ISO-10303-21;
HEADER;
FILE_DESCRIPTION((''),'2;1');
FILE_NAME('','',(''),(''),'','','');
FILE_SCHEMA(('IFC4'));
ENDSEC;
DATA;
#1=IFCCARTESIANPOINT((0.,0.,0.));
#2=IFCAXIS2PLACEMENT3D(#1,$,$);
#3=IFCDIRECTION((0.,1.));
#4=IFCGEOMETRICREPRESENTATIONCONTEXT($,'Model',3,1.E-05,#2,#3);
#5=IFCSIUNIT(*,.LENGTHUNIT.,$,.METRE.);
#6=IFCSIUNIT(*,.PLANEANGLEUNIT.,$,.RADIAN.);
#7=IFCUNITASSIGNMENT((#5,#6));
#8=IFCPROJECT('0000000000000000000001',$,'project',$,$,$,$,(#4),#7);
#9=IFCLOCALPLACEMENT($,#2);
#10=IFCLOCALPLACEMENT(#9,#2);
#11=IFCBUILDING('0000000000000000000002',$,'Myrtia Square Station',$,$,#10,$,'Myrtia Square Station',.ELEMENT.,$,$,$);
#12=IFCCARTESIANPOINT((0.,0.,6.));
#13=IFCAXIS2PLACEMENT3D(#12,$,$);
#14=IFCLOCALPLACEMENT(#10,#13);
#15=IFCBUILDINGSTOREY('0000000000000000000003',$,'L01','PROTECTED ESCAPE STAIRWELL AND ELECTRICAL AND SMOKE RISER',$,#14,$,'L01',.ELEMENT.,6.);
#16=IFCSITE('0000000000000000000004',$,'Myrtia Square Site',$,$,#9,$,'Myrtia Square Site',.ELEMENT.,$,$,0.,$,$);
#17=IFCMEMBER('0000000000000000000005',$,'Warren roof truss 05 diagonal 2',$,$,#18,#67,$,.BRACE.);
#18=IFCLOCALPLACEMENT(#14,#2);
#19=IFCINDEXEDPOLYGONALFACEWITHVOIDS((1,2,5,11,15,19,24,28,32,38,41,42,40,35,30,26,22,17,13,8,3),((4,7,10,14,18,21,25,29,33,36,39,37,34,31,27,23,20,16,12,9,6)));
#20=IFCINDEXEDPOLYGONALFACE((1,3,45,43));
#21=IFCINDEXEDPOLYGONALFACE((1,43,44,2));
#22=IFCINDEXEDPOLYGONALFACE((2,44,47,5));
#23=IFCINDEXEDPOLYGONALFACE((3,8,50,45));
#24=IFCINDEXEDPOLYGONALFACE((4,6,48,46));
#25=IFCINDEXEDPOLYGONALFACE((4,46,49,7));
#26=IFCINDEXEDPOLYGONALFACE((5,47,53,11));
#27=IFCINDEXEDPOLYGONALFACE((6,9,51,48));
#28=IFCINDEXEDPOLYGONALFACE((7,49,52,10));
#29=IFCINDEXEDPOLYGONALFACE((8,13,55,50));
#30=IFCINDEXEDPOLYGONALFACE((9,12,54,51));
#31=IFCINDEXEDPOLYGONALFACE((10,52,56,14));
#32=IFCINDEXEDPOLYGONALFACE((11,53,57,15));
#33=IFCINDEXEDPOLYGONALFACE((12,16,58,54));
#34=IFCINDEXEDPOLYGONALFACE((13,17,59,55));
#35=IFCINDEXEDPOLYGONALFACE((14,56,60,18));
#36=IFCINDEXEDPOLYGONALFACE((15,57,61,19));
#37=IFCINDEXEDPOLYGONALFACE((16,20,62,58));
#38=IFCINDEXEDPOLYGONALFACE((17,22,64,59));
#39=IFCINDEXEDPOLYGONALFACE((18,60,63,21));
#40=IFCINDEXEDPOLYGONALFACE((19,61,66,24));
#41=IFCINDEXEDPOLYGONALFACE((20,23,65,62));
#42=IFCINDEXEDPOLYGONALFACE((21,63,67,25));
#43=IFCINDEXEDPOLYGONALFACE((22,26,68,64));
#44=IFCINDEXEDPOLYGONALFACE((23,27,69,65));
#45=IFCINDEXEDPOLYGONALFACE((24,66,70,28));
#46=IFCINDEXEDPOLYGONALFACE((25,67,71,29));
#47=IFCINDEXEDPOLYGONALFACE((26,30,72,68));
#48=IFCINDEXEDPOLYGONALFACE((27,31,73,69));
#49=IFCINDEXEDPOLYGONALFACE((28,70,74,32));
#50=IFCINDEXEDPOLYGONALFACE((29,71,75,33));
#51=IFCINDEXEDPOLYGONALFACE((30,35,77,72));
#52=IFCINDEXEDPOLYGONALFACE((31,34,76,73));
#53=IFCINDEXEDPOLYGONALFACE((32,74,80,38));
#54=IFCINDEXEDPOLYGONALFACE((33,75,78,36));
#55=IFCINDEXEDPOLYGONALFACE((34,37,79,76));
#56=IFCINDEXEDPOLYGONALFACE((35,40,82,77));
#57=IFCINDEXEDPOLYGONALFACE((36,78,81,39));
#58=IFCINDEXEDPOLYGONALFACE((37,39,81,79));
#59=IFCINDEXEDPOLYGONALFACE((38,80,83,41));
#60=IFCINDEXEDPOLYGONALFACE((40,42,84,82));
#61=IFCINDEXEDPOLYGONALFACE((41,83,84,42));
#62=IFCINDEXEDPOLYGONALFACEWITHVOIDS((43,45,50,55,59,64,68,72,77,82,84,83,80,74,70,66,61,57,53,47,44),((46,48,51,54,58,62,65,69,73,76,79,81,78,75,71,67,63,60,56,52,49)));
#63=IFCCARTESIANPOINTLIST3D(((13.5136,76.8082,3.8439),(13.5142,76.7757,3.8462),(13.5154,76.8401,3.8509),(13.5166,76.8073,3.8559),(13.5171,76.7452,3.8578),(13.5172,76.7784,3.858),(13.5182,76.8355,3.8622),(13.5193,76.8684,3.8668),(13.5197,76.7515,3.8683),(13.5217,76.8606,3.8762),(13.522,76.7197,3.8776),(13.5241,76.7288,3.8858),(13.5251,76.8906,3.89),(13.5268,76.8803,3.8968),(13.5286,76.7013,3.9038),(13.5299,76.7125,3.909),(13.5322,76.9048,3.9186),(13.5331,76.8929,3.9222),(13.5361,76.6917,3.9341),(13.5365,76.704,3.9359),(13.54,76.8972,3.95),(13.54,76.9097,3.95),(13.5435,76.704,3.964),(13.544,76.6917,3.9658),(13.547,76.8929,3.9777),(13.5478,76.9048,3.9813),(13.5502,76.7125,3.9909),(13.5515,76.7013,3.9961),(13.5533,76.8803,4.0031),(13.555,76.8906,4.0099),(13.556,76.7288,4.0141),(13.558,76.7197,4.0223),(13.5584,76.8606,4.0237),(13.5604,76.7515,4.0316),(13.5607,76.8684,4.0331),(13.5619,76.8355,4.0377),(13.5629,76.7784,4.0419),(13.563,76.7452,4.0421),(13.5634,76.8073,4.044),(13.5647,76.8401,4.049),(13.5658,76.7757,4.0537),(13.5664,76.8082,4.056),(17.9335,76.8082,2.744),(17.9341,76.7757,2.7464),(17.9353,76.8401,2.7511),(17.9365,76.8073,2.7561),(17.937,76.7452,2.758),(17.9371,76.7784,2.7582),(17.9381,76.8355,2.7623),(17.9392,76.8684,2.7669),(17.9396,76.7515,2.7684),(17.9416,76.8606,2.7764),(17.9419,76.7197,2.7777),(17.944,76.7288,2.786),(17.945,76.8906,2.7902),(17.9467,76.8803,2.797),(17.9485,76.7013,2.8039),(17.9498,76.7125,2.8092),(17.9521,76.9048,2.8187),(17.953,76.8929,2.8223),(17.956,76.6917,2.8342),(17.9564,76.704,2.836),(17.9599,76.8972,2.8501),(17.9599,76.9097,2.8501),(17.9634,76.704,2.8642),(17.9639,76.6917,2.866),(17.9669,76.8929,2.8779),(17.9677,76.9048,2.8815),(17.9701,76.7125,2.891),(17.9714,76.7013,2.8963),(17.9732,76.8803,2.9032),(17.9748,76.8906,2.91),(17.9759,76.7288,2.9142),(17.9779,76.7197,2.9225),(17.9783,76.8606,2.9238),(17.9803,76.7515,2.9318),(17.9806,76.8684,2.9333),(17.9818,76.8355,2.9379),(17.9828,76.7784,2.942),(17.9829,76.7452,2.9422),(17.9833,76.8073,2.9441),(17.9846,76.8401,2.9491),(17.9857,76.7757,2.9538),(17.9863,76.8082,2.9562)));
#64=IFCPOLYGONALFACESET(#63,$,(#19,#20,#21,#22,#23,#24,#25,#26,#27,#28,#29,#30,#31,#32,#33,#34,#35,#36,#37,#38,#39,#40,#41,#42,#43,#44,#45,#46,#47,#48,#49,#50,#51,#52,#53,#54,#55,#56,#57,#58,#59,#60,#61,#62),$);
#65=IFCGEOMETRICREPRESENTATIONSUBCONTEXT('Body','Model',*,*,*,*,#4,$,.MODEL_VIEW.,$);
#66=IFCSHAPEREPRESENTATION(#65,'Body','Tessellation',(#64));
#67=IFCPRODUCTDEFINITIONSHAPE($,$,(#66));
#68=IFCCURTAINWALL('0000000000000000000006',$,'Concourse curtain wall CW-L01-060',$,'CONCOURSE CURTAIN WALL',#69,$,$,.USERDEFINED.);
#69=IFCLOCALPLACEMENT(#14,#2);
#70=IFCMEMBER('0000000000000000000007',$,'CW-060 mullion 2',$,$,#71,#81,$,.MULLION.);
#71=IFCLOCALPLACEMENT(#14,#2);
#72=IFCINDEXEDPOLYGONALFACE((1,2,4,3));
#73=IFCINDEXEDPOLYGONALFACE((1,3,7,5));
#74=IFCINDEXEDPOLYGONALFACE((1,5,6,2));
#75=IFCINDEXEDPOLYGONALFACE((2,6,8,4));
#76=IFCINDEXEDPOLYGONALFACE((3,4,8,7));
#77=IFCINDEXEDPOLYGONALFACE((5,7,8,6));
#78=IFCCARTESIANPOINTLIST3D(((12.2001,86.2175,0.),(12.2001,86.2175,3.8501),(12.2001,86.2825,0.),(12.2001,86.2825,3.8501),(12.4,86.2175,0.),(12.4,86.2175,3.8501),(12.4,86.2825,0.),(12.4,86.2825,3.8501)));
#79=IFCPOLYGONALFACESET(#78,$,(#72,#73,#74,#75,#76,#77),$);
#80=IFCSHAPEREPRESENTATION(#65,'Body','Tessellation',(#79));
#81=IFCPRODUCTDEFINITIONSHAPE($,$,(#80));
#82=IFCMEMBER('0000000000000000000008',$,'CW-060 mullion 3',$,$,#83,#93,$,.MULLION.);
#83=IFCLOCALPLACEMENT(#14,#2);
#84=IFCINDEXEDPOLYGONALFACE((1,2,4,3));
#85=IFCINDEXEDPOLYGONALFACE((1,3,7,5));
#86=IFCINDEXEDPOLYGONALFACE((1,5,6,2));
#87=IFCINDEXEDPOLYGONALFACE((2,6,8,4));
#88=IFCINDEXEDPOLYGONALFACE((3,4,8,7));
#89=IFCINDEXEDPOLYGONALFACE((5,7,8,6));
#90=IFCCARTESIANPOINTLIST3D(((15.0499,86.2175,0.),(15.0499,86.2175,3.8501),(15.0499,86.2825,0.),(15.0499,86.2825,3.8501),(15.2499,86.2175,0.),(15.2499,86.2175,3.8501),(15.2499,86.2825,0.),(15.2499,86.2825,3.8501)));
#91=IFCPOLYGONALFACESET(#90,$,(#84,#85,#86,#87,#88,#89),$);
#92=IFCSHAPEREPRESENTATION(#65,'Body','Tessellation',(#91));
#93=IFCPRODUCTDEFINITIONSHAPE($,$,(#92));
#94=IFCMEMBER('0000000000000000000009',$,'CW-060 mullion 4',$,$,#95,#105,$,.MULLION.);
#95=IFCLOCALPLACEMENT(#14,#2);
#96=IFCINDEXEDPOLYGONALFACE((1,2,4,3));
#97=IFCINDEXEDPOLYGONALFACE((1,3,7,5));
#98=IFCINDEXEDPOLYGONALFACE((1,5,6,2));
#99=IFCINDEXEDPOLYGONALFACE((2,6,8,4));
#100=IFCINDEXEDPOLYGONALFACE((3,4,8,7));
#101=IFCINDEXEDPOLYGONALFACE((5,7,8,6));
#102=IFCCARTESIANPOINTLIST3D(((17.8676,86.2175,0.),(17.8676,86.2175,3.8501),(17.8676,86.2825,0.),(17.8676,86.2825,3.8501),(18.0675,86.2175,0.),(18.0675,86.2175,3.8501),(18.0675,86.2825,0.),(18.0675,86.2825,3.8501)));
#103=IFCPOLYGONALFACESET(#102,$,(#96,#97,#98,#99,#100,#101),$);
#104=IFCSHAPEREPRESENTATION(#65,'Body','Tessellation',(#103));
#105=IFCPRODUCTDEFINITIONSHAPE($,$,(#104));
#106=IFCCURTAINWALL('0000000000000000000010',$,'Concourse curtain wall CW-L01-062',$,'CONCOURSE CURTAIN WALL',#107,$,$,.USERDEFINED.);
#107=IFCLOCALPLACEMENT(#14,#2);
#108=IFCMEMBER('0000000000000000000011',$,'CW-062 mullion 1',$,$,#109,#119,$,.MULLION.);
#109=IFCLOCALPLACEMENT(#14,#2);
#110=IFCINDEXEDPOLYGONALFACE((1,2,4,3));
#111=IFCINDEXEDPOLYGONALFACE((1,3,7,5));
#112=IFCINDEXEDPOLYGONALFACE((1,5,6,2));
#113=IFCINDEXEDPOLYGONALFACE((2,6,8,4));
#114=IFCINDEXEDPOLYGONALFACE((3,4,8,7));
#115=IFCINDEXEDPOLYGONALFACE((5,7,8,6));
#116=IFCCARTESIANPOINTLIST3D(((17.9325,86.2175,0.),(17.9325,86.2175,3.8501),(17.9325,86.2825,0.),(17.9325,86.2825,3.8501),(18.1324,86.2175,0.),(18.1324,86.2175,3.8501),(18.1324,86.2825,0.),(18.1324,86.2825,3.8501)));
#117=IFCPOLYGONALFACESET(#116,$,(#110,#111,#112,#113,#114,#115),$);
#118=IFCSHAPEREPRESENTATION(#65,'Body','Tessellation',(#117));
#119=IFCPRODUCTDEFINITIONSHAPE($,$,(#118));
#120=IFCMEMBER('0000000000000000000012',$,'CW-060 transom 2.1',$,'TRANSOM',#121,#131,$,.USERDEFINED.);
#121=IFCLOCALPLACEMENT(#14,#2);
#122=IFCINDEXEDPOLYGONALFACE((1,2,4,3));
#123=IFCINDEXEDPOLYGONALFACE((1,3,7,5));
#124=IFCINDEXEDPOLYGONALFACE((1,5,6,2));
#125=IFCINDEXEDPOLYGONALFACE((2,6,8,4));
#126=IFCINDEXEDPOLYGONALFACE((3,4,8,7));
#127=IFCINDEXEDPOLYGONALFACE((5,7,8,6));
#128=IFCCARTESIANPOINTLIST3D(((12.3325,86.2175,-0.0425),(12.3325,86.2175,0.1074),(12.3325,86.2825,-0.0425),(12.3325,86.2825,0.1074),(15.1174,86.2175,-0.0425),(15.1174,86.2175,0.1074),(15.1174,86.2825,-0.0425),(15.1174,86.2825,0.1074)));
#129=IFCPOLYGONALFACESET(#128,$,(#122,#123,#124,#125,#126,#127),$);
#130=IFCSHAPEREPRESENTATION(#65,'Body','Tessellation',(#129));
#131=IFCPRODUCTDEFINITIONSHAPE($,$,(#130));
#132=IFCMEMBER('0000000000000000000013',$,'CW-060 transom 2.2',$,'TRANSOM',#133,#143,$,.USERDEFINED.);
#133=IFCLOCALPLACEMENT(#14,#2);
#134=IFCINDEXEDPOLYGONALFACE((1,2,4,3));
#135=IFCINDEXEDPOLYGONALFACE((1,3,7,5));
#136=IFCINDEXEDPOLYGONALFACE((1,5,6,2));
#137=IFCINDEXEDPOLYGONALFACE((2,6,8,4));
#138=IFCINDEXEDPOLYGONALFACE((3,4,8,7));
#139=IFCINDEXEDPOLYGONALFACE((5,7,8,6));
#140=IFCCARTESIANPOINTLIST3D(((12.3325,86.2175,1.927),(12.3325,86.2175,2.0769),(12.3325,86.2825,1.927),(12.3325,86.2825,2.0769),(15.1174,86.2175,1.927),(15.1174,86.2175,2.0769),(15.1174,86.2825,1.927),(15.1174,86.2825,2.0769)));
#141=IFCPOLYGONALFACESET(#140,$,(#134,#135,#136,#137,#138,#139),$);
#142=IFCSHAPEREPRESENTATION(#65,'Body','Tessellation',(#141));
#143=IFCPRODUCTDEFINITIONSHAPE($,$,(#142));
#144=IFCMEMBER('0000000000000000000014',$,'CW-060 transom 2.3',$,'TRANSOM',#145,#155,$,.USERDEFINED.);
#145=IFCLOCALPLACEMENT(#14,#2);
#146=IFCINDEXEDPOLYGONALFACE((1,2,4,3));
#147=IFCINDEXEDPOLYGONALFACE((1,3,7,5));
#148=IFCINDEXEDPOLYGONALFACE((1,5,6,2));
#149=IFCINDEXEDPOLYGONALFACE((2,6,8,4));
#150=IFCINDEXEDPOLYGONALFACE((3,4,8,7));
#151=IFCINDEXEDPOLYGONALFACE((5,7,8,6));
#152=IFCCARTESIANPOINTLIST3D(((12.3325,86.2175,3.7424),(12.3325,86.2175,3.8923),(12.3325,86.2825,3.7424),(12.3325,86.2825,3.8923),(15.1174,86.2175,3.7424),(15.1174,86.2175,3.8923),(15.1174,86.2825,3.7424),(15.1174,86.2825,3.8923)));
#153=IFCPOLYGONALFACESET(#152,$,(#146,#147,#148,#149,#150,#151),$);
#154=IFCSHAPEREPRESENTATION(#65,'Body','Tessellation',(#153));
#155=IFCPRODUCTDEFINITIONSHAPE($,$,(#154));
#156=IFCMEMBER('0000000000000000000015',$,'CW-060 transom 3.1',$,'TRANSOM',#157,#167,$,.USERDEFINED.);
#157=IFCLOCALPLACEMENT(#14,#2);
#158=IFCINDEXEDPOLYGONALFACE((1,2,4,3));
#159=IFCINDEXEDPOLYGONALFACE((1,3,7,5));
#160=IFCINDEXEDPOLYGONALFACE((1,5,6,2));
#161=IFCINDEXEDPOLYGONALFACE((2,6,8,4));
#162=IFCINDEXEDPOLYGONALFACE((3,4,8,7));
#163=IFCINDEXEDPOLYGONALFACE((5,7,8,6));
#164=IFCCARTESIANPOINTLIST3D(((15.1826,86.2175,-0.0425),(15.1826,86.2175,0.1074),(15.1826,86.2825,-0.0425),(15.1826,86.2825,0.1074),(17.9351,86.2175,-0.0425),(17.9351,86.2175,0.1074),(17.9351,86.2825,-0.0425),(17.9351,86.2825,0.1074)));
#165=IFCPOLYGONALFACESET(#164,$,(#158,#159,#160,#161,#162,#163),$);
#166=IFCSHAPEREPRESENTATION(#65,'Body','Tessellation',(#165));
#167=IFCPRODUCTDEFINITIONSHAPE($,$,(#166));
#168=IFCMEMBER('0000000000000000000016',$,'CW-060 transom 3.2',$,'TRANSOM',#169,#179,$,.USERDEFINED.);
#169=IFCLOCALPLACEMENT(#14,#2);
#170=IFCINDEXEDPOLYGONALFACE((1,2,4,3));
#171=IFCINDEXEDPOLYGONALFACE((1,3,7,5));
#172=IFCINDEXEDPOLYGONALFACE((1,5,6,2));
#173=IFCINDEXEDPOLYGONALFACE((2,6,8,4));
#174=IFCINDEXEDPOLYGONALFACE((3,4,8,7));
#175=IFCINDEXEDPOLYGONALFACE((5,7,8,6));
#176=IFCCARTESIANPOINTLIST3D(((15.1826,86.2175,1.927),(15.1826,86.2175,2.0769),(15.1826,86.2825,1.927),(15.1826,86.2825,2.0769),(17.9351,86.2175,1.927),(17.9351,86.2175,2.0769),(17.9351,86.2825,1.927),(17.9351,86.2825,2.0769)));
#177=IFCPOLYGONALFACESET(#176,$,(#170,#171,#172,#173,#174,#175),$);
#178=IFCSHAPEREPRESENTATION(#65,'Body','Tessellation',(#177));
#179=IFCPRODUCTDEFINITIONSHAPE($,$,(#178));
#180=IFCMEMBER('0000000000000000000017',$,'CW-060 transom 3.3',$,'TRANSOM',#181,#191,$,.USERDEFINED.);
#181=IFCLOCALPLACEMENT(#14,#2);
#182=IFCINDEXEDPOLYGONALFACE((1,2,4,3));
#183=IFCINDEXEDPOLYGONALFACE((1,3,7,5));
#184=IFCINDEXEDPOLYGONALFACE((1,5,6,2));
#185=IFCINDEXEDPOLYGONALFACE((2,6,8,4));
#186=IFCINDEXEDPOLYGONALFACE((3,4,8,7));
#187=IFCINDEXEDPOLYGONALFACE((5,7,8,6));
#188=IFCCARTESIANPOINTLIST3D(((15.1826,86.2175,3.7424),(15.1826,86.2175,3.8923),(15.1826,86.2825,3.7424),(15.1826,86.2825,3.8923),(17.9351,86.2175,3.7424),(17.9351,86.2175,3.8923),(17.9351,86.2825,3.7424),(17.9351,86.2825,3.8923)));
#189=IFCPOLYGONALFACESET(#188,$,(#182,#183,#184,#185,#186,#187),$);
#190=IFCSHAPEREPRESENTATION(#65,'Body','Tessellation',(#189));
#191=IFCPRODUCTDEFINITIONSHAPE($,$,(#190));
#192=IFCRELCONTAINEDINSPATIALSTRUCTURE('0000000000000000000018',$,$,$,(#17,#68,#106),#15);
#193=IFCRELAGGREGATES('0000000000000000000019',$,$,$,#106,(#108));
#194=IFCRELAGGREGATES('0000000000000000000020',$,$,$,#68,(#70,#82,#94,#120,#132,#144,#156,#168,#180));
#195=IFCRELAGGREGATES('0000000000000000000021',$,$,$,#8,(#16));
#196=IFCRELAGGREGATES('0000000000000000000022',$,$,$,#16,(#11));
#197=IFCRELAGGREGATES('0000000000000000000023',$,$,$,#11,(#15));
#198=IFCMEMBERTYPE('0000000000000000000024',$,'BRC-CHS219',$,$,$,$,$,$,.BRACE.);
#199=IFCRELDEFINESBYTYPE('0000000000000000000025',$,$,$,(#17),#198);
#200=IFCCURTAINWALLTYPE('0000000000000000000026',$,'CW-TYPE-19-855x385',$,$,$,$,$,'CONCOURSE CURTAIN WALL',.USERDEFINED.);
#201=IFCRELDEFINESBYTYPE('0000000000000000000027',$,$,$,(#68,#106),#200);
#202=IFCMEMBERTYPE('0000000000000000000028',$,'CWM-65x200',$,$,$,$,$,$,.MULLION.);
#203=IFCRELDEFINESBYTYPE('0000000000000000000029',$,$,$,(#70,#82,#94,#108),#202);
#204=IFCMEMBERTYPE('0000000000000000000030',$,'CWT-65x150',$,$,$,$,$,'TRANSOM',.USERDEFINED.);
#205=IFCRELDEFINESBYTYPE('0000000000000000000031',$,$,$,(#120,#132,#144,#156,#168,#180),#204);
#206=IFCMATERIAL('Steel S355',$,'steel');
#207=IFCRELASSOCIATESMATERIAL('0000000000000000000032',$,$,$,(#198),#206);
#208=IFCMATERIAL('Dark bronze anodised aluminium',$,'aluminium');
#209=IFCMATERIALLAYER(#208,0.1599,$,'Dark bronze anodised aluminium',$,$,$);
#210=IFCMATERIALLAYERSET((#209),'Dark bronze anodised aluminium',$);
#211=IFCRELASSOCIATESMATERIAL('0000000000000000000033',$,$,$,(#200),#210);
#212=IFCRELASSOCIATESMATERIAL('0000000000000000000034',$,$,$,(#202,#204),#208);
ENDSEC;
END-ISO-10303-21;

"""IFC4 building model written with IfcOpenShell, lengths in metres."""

from ifc_helpers import new_model, si_unit, direction, frame, origin, origin_2d, place, context, subcontext, project, spatial, rectangle, hollow_circle, extrude, material, layer, layer_set, material_profile, profile_set, type_object, element, aggregate, save


model = new_model("IFC4")

# Units and contexts
model_context = context("Model", 3, precision=1e-05, world=origin(), true_north=direction((0.0, 1.0)))
body_context = subcontext(model_context, "Body", "Model", "MODEL_VIEW")
ifc_project = project(units=[si_unit("LENGTHUNIT", "METRE"), si_unit("PLANEANGLEUNIT", "RADIAN")], contexts=[model_context])

# Site, building, storey
site_placement = place(None, origin())
site = spatial("IfcSite", under=ifc_project, at=site_placement, Name="Myrtia Square Site", LongName="Myrtia Square Site", CompositionType="ELEMENT", RefElevation=0.0)
building_placement = place(site_placement, origin())
building = spatial("IfcBuilding", under=site, at=building_placement, Name="Myrtia Square Station", LongName="Myrtia Square Station", CompositionType="ELEMENT")
storey_placement = place(building_placement, frame((0.0, 0.0, 6.0)))
storey = spatial("IfcBuildingStorey", under=building, at=storey_placement, Name="L01", Description="PROTECTED ESCAPE STAIRWELL AND ELECTRICAL AND SMOKE RISER", LongName="L01", CompositionType="ELEMENT", Elevation=6.0)

# Member
ifc_material_1 = material(Name="Steel S355", Category="steel")
ifc_material_profile_1 = material_profile(ifc_material_1, hollow_circle(Radius=0.1096, WallThickness=0.0125, at=origin_2d()), Name="CHS 219.1x12.5")
ifc_profile_set_1 = profile_set([ifc_material_profile_1], Name="Steel S355")
member_type_1 = type_object("IfcMemberType", Name="BRC-CHS219", PredefinedType="BRACE", material=ifc_profile_set_1)
member_1_placement = place(storey_placement, frame((13.54, 76.8, 3.95), z_axis=(0.970407, 0.0, -0.241476), x_axis=(0.0, 1.0, 0.0)))
element("IfcMember", 1, at=member_1_placement, inside=storey, type_object=member_type_1, Name="Warren roof truss 05 diagonal 2", PredefinedType="BRACE", context=body_context, shape_type="SweptSolid", body=[
    extrude(hollow_circle(Radius=0.1096, WallThickness=0.0125, at=origin_2d()), origin(), (0.0, 0.0, 1.0), 4.5547),
])

# Curtain wall, members
ifc_material_2 = material(Name="Dark bronze anodised aluminium", Category="aluminium")
ifc_layer_1 = layer(ifc_material_2, 0.1599, Name="Dark bronze anodised aluminium")
ifc_layer_set_1 = layer_set([ifc_layer_1], Name="Dark bronze anodised aluminium")
curtain_wall_type = type_object("IfcCurtainWallType", Name="CW-TYPE-19-855x385", ElementType="CONCOURSE CURTAIN WALL", PredefinedType="USERDEFINED", material=ifc_layer_set_1)
curtain_wall_1_placement = place(storey_placement, origin())
curtain_wall_1 = element("IfcCurtainWall", 2, at=curtain_wall_1_placement, inside=storey, type_object=curtain_wall_type, Name="Concourse curtain wall CW-L01-060", ObjectType="CONCOURSE CURTAIN WALL", PredefinedType="USERDEFINED")
ifc_material_profile_2 = material_profile(ifc_material_2, rectangle(XDim=0.0649, YDim=0.2, at=origin_2d()), Name="ALU-M 65x200")
ifc_profile_set_2 = profile_set([ifc_material_profile_2], Name="Dark bronze anodised aluminium")
member_type_2 = type_object("IfcMemberType", Name="CWM-65x200", PredefinedType="MULLION", material=ifc_profile_set_2)
member_2_placement = place(storey_placement, frame((12.3, 86.25, 0.0), z_axis=(0.0, 0.0, 1.0), x_axis=(0.0, 1.0, 0.0)))
member_2 = element("IfcMember", 3, at=member_2_placement, type_object=member_type_2, Name="CW-060 mullion 2", PredefinedType="MULLION", context=body_context, shape_type="SweptSolid", body=[
    extrude(rectangle(XDim=0.0649, YDim=0.2, at=origin_2d()), origin(), (0.0, 0.0, 1.0), 3.8501),
])
member_3_placement = place(storey_placement, frame((15.1499, 86.25, 0.0), z_axis=(0.0, 0.0, 1.0), x_axis=(0.0, 1.0, 0.0)))
member_3 = element("IfcMember", 4, at=member_3_placement, type_object=member_type_2, Name="CW-060 mullion 3", PredefinedType="MULLION", context=body_context, shape_type="SweptSolid", body=[
    extrude(rectangle(XDim=0.0649, YDim=0.2, at=origin_2d()), origin(), (0.0, 0.0, 1.0), 3.8501),
])
member_4_placement = place(storey_placement, frame((17.9675, 86.25, 0.0), z_axis=(0.0, 0.0, 1.0), x_axis=(0.0, 1.0, 0.0)))
member_4 = element("IfcMember", 5, at=member_4_placement, type_object=member_type_2, Name="CW-060 mullion 4", PredefinedType="MULLION", context=body_context, shape_type="SweptSolid", body=[
    extrude(rectangle(XDim=0.0649, YDim=0.2, at=origin_2d()), origin(), (0.0, 0.0, 1.0), 3.8501),
])

# Curtain wall, member
curtain_wall_2_placement = place(storey_placement, origin())
curtain_wall_2 = element("IfcCurtainWall", 6, at=curtain_wall_2_placement, inside=storey, type_object=curtain_wall_type, Name="Concourse curtain wall CW-L01-062", ObjectType="CONCOURSE CURTAIN WALL", PredefinedType="USERDEFINED")
member_5_placement = place(storey_placement, frame((18.0325, 86.25, 0.0), z_axis=(0.0, 0.0, 1.0), x_axis=(0.0, 1.0, 0.0)))
member_5 = element("IfcMember", 7, at=member_5_placement, type_object=member_type_2, Name="CW-062 mullion 1", PredefinedType="MULLION", context=body_context, shape_type="SweptSolid", body=[
    extrude(rectangle(XDim=0.0649, YDim=0.2, at=origin_2d()), origin(), (0.0, 0.0, 1.0), 3.8501),
])
aggregate(curtain_wall_2, [member_5])

# Members
ifc_material_profile_3 = material_profile(ifc_material_2, rectangle(XDim=0.0649, YDim=0.1499, at=origin_2d()), Name="ALU-T 65x150")
ifc_profile_set_3 = profile_set([ifc_material_profile_3], Name="Dark bronze anodised aluminium")
member_type_3 = type_object("IfcMemberType", Name="CWT-65x150", ElementType="TRANSOM", PredefinedType="USERDEFINED", material=ifc_profile_set_3)
member_6_placement = place(storey_placement, frame((12.3325, 86.25, 0.0325), z_axis=(1.0, 0.0, 0.0), x_axis=(0.0, 1.0, 0.0)))
member_6 = element("IfcMember", 8, at=member_6_placement, type_object=member_type_3, Name="CW-060 transom 2.1", ObjectType="TRANSOM", PredefinedType="USERDEFINED", context=body_context, shape_type="SweptSolid", body=[
    extrude(rectangle(XDim=0.0649, YDim=0.1499, at=origin_2d()), origin(), (0.0, 0.0, 1.0), 2.7849),
])
member_7_placement = place(storey_placement, frame((12.3325, 86.25, 2.002), z_axis=(1.0, 0.0, 0.0), x_axis=(0.0, 1.0, 0.0)))
member_7 = element("IfcMember", 9, at=member_7_placement, type_object=member_type_3, Name="CW-060 transom 2.2", ObjectType="TRANSOM", PredefinedType="USERDEFINED", context=body_context, shape_type="SweptSolid", body=[
    extrude(rectangle(XDim=0.0649, YDim=0.1499, at=origin_2d()), origin(), (0.0, 0.0, 1.0), 2.7849),
])
member_8_placement = place(storey_placement, frame((12.3325, 86.25, 3.8174), z_axis=(1.0, 0.0, 0.0), x_axis=(0.0, 1.0, 0.0)))
member_8 = element("IfcMember", 10, at=member_8_placement, type_object=member_type_3, Name="CW-060 transom 2.3", ObjectType="TRANSOM", PredefinedType="USERDEFINED", context=body_context, shape_type="SweptSolid", body=[
    extrude(rectangle(XDim=0.0649, YDim=0.1499, at=origin_2d()), origin(), (0.0, 0.0, 1.0), 2.7849),
])
member_9_placement = place(storey_placement, frame((15.1826, 86.25, 0.0325), z_axis=(1.0, 0.0, 0.0), x_axis=(0.0, 1.0, 0.0)))
member_9 = element("IfcMember", 11, at=member_9_placement, type_object=member_type_3, Name="CW-060 transom 3.1", ObjectType="TRANSOM", PredefinedType="USERDEFINED", context=body_context, shape_type="SweptSolid", body=[
    extrude(rectangle(XDim=0.0649, YDim=0.1499, at=origin_2d()), origin(), (0.0, 0.0, 1.0), 2.7524),
])
member_10_placement = place(storey_placement, frame((15.1826, 86.25, 2.002), z_axis=(1.0, 0.0, 0.0), x_axis=(0.0, 1.0, 0.0)))
member_10 = element("IfcMember", 12, at=member_10_placement, type_object=member_type_3, Name="CW-060 transom 3.2", ObjectType="TRANSOM", PredefinedType="USERDEFINED", context=body_context, shape_type="SweptSolid", body=[
    extrude(rectangle(XDim=0.0649, YDim=0.1499, at=origin_2d()), origin(), (0.0, 0.0, 1.0), 2.7524),
])
member_11_placement = place(storey_placement, frame((15.1826, 86.25, 3.8174), z_axis=(1.0, 0.0, 0.0), x_axis=(0.0, 1.0, 0.0)))
member_11 = element("IfcMember", 13, at=member_11_placement, type_object=member_type_3, Name="CW-060 transom 3.3", ObjectType="TRANSOM", PredefinedType="USERDEFINED", context=body_context, shape_type="SweptSolid", body=[
    extrude(rectangle(XDim=0.0649, YDim=0.1499, at=origin_2d()), origin(), (0.0, 0.0, 1.0), 2.7524),
])

aggregate(curtain_wall_1, [member_2, member_3, member_4, member_6, member_7, member_8, member_9, member_10, member_11])

save(model, "model.ifc")
